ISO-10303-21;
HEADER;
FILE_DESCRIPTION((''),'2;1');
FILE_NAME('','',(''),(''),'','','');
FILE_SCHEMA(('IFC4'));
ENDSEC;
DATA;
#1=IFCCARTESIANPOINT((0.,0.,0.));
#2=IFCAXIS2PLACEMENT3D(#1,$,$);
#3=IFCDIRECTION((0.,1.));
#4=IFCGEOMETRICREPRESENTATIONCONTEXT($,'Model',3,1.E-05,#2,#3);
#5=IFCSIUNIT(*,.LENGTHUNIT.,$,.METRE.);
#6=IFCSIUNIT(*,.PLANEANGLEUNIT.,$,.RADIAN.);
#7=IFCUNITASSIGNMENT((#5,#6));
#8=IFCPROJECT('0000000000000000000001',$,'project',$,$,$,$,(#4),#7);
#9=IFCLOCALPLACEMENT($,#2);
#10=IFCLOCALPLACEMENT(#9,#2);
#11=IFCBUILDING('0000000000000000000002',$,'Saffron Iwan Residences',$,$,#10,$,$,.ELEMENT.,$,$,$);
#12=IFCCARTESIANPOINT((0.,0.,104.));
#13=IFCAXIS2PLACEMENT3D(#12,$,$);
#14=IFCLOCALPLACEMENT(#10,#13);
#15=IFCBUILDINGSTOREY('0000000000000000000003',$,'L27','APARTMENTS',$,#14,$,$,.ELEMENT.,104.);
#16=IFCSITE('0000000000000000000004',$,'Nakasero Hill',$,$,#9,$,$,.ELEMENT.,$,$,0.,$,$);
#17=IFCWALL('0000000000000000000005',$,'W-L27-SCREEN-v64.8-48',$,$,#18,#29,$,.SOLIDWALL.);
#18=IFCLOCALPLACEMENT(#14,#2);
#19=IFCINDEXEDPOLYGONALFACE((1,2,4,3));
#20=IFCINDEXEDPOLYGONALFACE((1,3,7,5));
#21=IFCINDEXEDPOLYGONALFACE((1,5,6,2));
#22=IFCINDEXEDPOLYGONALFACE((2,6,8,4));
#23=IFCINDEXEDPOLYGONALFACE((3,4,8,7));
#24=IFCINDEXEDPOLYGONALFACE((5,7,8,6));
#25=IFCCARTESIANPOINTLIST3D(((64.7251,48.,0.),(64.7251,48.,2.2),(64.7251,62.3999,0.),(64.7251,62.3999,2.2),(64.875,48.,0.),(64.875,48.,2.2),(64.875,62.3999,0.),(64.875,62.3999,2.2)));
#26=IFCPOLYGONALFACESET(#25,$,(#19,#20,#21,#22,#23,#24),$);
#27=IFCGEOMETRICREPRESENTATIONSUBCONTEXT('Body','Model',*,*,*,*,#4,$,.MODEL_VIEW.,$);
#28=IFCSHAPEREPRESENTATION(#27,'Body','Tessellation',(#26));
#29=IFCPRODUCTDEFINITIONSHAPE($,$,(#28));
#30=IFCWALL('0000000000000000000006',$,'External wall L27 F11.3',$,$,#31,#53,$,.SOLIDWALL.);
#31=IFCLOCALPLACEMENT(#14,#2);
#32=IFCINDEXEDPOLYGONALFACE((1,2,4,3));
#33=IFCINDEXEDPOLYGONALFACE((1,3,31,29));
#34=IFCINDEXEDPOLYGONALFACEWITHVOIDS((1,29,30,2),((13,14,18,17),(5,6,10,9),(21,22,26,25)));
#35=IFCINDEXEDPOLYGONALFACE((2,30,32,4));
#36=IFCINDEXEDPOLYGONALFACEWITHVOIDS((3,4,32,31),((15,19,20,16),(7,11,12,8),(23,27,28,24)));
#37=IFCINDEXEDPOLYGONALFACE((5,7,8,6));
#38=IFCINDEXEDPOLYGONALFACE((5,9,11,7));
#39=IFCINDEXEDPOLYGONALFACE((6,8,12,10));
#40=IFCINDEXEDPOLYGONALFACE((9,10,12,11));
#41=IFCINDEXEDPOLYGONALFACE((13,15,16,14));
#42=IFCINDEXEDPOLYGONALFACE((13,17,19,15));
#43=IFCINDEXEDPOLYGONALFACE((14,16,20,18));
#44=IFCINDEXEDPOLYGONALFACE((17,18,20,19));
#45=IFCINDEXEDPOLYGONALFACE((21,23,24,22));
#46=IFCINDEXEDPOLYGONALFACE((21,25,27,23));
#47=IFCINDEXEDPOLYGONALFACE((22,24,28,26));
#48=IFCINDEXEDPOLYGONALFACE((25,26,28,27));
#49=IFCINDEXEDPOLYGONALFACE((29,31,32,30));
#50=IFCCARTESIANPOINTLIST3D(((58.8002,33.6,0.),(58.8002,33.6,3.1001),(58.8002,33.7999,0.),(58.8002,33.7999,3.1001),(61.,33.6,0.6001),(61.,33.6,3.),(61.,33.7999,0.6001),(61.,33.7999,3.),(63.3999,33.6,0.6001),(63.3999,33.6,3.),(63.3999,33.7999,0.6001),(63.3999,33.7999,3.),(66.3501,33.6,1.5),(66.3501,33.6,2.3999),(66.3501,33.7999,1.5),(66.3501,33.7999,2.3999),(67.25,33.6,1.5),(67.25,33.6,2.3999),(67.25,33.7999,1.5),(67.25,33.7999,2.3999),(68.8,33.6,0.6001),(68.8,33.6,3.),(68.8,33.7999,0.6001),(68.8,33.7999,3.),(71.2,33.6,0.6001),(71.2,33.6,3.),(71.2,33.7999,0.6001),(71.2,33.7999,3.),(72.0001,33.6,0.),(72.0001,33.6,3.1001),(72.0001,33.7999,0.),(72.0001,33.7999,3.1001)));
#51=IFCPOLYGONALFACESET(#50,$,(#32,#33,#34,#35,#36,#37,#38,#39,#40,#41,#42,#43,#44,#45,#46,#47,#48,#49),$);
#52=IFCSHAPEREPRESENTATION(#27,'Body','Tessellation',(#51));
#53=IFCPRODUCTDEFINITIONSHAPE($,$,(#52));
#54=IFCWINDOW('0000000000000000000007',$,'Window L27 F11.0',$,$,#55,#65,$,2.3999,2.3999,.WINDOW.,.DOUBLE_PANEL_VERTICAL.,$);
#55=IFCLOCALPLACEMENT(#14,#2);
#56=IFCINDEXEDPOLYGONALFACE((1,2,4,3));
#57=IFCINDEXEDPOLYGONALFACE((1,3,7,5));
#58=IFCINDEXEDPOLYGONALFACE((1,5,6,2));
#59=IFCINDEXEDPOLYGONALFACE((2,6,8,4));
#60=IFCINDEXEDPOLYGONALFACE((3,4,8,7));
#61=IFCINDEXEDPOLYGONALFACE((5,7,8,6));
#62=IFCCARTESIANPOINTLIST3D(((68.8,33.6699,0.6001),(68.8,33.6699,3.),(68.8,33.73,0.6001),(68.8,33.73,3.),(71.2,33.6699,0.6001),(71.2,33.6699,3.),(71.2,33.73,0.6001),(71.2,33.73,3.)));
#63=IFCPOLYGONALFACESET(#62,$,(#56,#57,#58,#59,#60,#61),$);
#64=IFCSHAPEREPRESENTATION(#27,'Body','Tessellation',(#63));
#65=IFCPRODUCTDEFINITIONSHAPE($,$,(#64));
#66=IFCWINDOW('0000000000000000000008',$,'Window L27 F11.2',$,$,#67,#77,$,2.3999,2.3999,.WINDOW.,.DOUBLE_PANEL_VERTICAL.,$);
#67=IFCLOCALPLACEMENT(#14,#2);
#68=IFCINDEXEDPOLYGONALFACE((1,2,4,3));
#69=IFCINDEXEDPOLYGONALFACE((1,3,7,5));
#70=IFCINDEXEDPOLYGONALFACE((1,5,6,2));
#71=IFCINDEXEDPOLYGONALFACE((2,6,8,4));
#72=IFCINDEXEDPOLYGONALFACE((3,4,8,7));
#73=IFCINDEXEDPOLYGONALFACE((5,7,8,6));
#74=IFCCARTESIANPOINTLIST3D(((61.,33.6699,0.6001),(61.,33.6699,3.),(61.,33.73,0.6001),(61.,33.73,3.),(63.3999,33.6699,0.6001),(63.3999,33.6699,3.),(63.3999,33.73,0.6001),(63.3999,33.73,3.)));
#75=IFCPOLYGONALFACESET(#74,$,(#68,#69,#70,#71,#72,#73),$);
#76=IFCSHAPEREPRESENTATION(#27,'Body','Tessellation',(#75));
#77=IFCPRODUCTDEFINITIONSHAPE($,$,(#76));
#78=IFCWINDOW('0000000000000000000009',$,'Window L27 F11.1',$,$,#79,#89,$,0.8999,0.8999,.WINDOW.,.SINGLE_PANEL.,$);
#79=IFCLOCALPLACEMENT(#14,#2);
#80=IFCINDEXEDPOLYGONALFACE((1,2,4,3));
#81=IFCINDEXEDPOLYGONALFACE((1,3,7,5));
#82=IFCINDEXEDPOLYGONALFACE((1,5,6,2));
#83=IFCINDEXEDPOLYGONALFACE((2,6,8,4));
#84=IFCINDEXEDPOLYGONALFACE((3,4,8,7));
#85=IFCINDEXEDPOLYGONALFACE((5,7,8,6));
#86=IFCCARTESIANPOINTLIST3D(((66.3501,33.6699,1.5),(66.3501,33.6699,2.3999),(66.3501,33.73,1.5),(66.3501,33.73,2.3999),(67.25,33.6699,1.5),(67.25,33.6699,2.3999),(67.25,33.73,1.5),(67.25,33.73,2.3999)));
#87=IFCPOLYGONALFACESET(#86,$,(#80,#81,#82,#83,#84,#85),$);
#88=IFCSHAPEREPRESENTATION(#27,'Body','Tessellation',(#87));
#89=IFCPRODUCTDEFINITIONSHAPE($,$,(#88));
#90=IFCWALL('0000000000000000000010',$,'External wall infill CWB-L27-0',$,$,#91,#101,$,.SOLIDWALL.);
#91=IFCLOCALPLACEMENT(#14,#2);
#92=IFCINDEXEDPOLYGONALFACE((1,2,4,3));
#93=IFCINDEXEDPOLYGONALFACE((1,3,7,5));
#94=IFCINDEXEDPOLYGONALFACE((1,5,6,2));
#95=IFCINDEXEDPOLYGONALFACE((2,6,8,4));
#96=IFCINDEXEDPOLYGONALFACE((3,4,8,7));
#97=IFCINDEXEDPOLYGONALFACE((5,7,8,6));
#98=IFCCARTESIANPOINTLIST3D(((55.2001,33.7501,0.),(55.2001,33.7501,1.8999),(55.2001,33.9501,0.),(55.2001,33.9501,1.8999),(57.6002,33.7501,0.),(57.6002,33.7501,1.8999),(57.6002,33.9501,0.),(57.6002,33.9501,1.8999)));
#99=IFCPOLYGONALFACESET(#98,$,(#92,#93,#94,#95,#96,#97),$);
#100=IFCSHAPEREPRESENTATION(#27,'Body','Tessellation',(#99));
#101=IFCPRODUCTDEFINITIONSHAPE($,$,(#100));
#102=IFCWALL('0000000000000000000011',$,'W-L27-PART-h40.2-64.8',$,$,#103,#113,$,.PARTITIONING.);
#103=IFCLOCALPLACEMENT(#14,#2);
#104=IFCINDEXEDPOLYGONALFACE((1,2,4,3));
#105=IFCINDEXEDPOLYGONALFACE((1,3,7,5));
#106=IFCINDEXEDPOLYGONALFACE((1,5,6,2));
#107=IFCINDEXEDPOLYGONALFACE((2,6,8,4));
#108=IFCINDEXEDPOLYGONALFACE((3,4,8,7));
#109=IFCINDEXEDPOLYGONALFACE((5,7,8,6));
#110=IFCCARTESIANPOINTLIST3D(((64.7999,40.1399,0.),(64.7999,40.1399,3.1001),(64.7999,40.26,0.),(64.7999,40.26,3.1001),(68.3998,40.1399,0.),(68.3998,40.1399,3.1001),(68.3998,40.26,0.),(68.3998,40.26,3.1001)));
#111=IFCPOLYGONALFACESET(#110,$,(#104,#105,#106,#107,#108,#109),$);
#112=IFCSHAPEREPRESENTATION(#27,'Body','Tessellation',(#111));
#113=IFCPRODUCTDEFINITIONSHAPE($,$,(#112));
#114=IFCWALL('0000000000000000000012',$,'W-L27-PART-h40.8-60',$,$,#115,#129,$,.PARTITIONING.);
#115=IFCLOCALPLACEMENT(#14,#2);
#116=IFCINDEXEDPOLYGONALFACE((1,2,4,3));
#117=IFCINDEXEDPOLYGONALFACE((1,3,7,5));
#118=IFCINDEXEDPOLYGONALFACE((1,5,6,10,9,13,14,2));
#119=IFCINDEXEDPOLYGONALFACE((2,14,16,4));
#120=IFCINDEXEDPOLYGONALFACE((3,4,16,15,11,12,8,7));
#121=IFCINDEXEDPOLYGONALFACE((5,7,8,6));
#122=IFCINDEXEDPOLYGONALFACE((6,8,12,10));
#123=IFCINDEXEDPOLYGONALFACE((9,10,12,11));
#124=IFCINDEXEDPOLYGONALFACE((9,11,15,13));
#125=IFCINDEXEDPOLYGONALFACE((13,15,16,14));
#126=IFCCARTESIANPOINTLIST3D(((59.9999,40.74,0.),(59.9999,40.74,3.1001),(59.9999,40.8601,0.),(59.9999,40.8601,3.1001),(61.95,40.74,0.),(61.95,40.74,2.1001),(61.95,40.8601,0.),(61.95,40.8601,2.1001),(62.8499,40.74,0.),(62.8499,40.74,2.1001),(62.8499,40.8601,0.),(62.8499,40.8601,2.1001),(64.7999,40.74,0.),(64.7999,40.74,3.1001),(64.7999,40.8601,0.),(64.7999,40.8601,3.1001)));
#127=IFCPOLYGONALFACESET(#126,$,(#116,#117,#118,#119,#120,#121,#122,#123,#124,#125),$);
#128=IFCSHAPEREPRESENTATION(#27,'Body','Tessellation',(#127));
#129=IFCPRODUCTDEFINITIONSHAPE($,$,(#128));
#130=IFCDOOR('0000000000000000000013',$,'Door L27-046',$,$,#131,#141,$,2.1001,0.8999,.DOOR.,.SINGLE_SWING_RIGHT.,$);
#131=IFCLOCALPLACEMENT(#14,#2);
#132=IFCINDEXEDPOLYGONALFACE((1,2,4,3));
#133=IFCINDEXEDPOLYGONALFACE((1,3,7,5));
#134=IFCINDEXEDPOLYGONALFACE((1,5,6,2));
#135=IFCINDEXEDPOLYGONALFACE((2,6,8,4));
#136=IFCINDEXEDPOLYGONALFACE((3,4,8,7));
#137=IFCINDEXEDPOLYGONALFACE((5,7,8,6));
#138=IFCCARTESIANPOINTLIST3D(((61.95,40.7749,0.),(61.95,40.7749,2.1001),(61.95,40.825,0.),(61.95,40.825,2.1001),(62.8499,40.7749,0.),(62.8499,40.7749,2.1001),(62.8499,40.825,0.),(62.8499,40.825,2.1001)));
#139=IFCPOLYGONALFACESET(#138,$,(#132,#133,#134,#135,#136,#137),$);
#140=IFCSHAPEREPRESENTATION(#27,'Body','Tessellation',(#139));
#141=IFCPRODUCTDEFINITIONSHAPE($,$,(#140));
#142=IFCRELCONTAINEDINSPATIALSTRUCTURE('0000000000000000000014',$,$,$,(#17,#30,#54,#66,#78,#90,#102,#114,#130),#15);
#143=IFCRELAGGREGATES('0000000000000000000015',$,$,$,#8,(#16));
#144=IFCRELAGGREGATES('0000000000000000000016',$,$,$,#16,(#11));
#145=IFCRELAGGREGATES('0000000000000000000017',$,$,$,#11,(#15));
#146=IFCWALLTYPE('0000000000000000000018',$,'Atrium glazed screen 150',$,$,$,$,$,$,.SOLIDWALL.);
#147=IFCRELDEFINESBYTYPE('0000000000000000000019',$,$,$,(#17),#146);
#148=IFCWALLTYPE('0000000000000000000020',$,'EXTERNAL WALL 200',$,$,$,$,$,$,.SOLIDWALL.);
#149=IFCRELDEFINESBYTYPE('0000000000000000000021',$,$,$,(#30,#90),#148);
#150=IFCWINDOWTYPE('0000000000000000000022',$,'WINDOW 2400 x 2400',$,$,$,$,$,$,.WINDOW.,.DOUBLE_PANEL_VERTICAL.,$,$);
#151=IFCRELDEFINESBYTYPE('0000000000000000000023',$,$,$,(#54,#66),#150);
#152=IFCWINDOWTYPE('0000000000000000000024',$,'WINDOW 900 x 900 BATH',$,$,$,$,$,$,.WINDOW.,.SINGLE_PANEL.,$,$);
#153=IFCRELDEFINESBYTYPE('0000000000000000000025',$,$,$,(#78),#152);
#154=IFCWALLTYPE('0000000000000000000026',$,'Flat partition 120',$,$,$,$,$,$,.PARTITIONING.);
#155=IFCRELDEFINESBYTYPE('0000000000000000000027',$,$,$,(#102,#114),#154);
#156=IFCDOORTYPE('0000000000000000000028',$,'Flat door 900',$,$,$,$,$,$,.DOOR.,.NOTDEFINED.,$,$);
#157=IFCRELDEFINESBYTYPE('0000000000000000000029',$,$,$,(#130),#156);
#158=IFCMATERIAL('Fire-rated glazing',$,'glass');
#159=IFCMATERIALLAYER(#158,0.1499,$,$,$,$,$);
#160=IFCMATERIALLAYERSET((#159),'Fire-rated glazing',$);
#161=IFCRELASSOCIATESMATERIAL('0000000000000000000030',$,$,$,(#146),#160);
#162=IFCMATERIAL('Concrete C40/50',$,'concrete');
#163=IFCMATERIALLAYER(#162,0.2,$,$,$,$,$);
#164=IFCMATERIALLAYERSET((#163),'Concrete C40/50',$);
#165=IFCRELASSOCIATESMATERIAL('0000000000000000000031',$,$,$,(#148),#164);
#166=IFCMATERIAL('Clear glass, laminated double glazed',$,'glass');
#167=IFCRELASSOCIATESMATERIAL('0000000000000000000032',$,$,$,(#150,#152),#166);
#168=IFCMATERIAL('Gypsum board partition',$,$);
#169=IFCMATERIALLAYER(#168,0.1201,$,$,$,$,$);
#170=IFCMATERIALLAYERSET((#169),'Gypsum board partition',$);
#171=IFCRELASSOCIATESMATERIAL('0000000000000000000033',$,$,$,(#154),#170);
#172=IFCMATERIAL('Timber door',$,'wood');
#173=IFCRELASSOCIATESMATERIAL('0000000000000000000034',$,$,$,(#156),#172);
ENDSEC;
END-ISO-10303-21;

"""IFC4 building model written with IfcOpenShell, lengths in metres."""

from ifc_helpers import new_model, si_unit, direction, frame, frame_2d, origin, place, context, subcontext, project, spatial, rectangle, extrude, material, layer, layer_set, type_object, element, fill, save


model = new_model("IFC4")

# Units and contexts
model_context = context("Model", 3, precision=1e-05, world=origin(), true_north=direction((0.0, 1.0)))
body_context = subcontext(model_context, "Body", "Model", "MODEL_VIEW")
ifc_project = project(units=[si_unit("LENGTHUNIT", "METRE"), si_unit("PLANEANGLEUNIT", "RADIAN")], contexts=[model_context])

# Site, building, storey
site_placement = place(None, origin())
site = spatial("IfcSite", under=ifc_project, at=site_placement, Name="Nakasero Hill", CompositionType="ELEMENT", RefElevation=0.0)
building_placement = place(site_placement, origin())
building = spatial("IfcBuilding", under=site, at=building_placement, Name="Saffron Iwan Residences", CompositionType="ELEMENT")
storey_placement = place(building_placement, frame((0.0, 0.0, 104.0)))
storey = spatial("IfcBuildingStorey", under=building, at=storey_placement, Name="L27", Description="APARTMENTS", CompositionType="ELEMENT", Elevation=104.0)

# Shared definitions
ifc_material_1 = material(Name="Clear glass, laminated double glazed", Category="glass")

# Wall
ifc_material_2 = material(Name="Fire-rated glazing", Category="glass")
ifc_layer_1 = layer(ifc_material_2, 0.1499)
ifc_layer_set_1 = layer_set([ifc_layer_1], Name="Fire-rated glazing")
wall_type_1 = type_object("IfcWallType", Name="Atrium glazed screen 150", PredefinedType="SOLIDWALL", material=ifc_layer_set_1)
wall_1_placement = place(storey_placement, frame((64.8, 48.0, 0.0), z_axis=(0.0, 0.0, 1.0), x_axis=(0.0, 1.0, 0.0)))
element("IfcWall", 1, at=wall_1_placement, inside=storey, type_object=wall_type_1, Name="W-L27-SCREEN-v64.8-48", PredefinedType="SOLIDWALL", context=body_context, shape_type="SweptSolid", body=[
    extrude(rectangle(XDim=14.3999, YDim=0.1499, at=frame_2d((7.2, 0.0))), origin(), (0.0, 0.0, 1.0), 2.2),
])

# Wall, openings, windows
ifc_material_3 = material(Name="Concrete C40/50", Category="concrete")
ifc_layer_2 = layer(ifc_material_3, 0.2)
ifc_layer_set_2 = layer_set([ifc_layer_2], Name="Concrete C40/50")
wall_type_2 = type_object("IfcWallType", Name="EXTERNAL WALL 200", PredefinedType="SOLIDWALL", material=ifc_layer_set_2)
wall_2_placement = place(storey_placement, frame((58.8, 33.7, 0.0), z_axis=(0.0, 0.0, 1.0), x_axis=(1.0, 0.0, 0.0)))
wall_2 = element("IfcWall", 2, at=wall_2_placement, inside=storey, type_object=wall_type_2, Name="External wall L27 F11.3", PredefinedType="SOLIDWALL", context=body_context, shape_type="SweptSolid", body=[
    extrude(rectangle(XDim=13.2, YDim=0.2, at=frame_2d((6.6001, 0.0))), origin(), (0.0, 0.0, 1.0), 3.1001),
])
opening_1_placement = place(wall_2_placement, frame((10.0, 0.0, 0.6001)))
opening_1 = element("IfcOpeningElement", 3, at=opening_1_placement, cuts=wall_2, PredefinedType="OPENING", context=body_context, shape_type="SweptSolid", body=[
    extrude(rectangle(XDim=2.3999, YDim=2.3999, at=frame_2d((1.2, 1.2))), frame((0.0, 0.1099, 0.0), z_axis=(0.0, -1.0, 0.0), x_axis=(1.0, 0.0, 0.0)), (0.0, 0.0, 1.0), 0.22),
])
opening_2_placement = place(wall_2_placement, frame((7.55, 0.0, 1.5)))
opening_2 = element("IfcOpeningElement", 4, at=opening_2_placement, cuts=wall_2, PredefinedType="OPENING", context=body_context, shape_type="SweptSolid", body=[
    extrude(rectangle(XDim=0.8999, YDim=0.8999, at=frame_2d((0.45, 0.45))), frame((0.0, 0.1099, 0.0), z_axis=(0.0, -1.0, 0.0), x_axis=(1.0, 0.0, 0.0)), (0.0, 0.0, 1.0), 0.22),
])
opening_3_placement = place(wall_2_placement, frame((2.2, 0.0, 0.6001)))
opening_3 = element("IfcOpeningElement", 5, at=opening_3_placement, cuts=wall_2, PredefinedType="OPENING", context=body_context, shape_type="SweptSolid", body=[
    extrude(rectangle(XDim=2.3999, YDim=2.3999, at=frame_2d((1.2, 1.2))), frame((0.0, 0.1099, 0.0), z_axis=(0.0, -1.0, 0.0), x_axis=(1.0, 0.0, 0.0)), (0.0, 0.0, 1.0), 0.22),
])
window_type_1 = type_object("IfcWindowType", Name="WINDOW 2400 x 2400", PartitioningType="DOUBLE_PANEL_VERTICAL", PredefinedType="WINDOW", material=ifc_material_1)
window_1_placement = place(opening_1_placement, origin())
window_1 = element("IfcWindow", 6, at=window_1_placement, inside=storey, type_object=window_type_1, Name="Window L27 F11.0", OverallHeight=2.3999, OverallWidth=2.3999, PartitioningType="DOUBLE_PANEL_VERTICAL", PredefinedType="WINDOW", context=body_context, shape_type="SweptSolid", body=[
    extrude(rectangle(XDim=2.3999, YDim=2.3999, at=frame_2d((1.2, 1.2))), frame((0.0, 0.03, 0.0), z_axis=(0.0, -1.0, 0.0), x_axis=(1.0, 0.0, 0.0)), (0.0, 0.0, 1.0), 0.0601),
])
fill(opening_1, window_1)
window_2_placement = place(opening_3_placement, origin())
window_2 = element("IfcWindow", 7, at=window_2_placement, inside=storey, type_object=window_type_1, Name="Window L27 F11.2", OverallHeight=2.3999, OverallWidth=2.3999, PartitioningType="DOUBLE_PANEL_VERTICAL", PredefinedType="WINDOW", context=body_context, shape_type="SweptSolid", body=[
    extrude(rectangle(XDim=2.3999, YDim=2.3999, at=frame_2d((1.2, 1.2))), frame((0.0, 0.03, 0.0), z_axis=(0.0, -1.0, 0.0), x_axis=(1.0, 0.0, 0.0)), (0.0, 0.0, 1.0), 0.0601),
])
fill(opening_3, window_2)
window_type_2 = type_object("IfcWindowType", Name="WINDOW 900 x 900 BATH", PartitioningType="SINGLE_PANEL", PredefinedType="WINDOW", material=ifc_material_1)
window_3_placement = place(opening_2_placement, origin())
window_3 = element("IfcWindow", 8, at=window_3_placement, inside=storey, type_object=window_type_2, Name="Window L27 F11.1", OverallHeight=0.8999, OverallWidth=0.8999, PartitioningType="SINGLE_PANEL", PredefinedType="WINDOW", context=body_context, shape_type="SweptSolid", body=[
    extrude(rectangle(XDim=0.8999, YDim=0.8999, at=frame_2d((0.45, 0.45))), frame((0.0, 0.03, 0.0), z_axis=(0.0, -1.0, 0.0), x_axis=(1.0, 0.0, 0.0)), (0.0, 0.0, 1.0), 0.0601),
])
fill(opening_2, window_3)

# Walls
wall_3_placement = place(storey_placement, frame((55.2, 33.8501, 0.0), z_axis=(0.0, 0.0, 1.0), x_axis=(1.0, 0.0, 0.0)))
element("IfcWall", 9, at=wall_3_placement, inside=storey, type_object=wall_type_2, Name="External wall infill CWB-L27-0", PredefinedType="SOLIDWALL", context=body_context, shape_type="SweptSolid", body=[
    extrude(rectangle(XDim=2.4001, YDim=0.2, at=frame_2d((1.2002, 0.0))), origin(), (0.0, 0.0, 1.0), 1.8999),
])
ifc_material_4 = material(Name="Gypsum board partition")
ifc_layer_3 = layer(ifc_material_4, 0.1201)
ifc_layer_set_3 = layer_set([ifc_layer_3], Name="Gypsum board partition")
wall_type_3 = type_object("IfcWallType", Name="Flat partition 120", PredefinedType="PARTITIONING", material=ifc_layer_set_3)
wall_4_placement = place(storey_placement, frame((64.8, 40.2, 0.0), z_axis=(0.0, 0.0, 1.0), x_axis=(1.0, 0.0, 0.0)))
element("IfcWall", 10, at=wall_4_placement, inside=storey, type_object=wall_type_3, Name="W-L27-PART-h40.2-64.8", PredefinedType="PARTITIONING", context=body_context, shape_type="SweptSolid", body=[
    extrude(rectangle(XDim=3.5999, YDim=0.1201, at=frame_2d((1.7998, 0.0))), origin(), (0.0, 0.0, 1.0), 3.1001),
])

# Wall, opening, door
wall_5_placement = place(storey_placement, frame((60.0, 40.8, 0.0), z_axis=(0.0, 0.0, 1.0), x_axis=(1.0, 0.0, 0.0)))
wall_5 = element("IfcWall", 11, at=wall_5_placement, inside=storey, type_object=wall_type_3, Name="W-L27-PART-h40.8-60", PredefinedType="PARTITIONING", context=body_context, shape_type="SweptSolid", body=[
    extrude(rectangle(XDim=4.8, YDim=0.1201, at=frame_2d((2.3999, 0.0))), origin(), (0.0, 0.0, 1.0), 3.1001),
])
opening_4_placement = place(wall_5_placement, frame((1.95, 0.0, 0.0)))
opening_4 = element("IfcOpeningElement", 12, at=opening_4_placement, cuts=wall_5, PredefinedType="OPENING", context=body_context, shape_type="SweptSolid", body=[
    extrude(rectangle(XDim=0.8999, YDim=2.1001, at=frame_2d((0.45, 1.05))), frame((0.0, 0.0701, 0.0), z_axis=(0.0, -1.0, 0.0), x_axis=(1.0, 0.0, 0.0)), (0.0, 0.0, 1.0), 0.1401),
])
ifc_material_5 = material(Name="Timber door", Category="wood")
door_type = type_object("IfcDoorType", Name="Flat door 900", OperationType="NOTDEFINED", PredefinedType="DOOR", material=ifc_material_5)
door_1_placement = place(opening_4_placement, origin())
door_1 = element("IfcDoor", 13, at=door_1_placement, inside=storey, type_object=door_type, Name="Door L27-046", OperationType="SINGLE_SWING_RIGHT", OverallHeight=2.1001, OverallWidth=0.8999, PredefinedType="DOOR", context=body_context, shape_type="SweptSolid", body=[
    extrude(rectangle(XDim=0.8999, YDim=2.1001, at=frame_2d((0.45, 1.05))), frame((0.0, 0.0249, 0.0), z_axis=(0.0, -1.0, 0.0), x_axis=(1.0, 0.0, 0.0)), (0.0, 0.0, 1.0), 0.05),
])
fill(opening_4, door_1)

save(model, "model.ifc")
